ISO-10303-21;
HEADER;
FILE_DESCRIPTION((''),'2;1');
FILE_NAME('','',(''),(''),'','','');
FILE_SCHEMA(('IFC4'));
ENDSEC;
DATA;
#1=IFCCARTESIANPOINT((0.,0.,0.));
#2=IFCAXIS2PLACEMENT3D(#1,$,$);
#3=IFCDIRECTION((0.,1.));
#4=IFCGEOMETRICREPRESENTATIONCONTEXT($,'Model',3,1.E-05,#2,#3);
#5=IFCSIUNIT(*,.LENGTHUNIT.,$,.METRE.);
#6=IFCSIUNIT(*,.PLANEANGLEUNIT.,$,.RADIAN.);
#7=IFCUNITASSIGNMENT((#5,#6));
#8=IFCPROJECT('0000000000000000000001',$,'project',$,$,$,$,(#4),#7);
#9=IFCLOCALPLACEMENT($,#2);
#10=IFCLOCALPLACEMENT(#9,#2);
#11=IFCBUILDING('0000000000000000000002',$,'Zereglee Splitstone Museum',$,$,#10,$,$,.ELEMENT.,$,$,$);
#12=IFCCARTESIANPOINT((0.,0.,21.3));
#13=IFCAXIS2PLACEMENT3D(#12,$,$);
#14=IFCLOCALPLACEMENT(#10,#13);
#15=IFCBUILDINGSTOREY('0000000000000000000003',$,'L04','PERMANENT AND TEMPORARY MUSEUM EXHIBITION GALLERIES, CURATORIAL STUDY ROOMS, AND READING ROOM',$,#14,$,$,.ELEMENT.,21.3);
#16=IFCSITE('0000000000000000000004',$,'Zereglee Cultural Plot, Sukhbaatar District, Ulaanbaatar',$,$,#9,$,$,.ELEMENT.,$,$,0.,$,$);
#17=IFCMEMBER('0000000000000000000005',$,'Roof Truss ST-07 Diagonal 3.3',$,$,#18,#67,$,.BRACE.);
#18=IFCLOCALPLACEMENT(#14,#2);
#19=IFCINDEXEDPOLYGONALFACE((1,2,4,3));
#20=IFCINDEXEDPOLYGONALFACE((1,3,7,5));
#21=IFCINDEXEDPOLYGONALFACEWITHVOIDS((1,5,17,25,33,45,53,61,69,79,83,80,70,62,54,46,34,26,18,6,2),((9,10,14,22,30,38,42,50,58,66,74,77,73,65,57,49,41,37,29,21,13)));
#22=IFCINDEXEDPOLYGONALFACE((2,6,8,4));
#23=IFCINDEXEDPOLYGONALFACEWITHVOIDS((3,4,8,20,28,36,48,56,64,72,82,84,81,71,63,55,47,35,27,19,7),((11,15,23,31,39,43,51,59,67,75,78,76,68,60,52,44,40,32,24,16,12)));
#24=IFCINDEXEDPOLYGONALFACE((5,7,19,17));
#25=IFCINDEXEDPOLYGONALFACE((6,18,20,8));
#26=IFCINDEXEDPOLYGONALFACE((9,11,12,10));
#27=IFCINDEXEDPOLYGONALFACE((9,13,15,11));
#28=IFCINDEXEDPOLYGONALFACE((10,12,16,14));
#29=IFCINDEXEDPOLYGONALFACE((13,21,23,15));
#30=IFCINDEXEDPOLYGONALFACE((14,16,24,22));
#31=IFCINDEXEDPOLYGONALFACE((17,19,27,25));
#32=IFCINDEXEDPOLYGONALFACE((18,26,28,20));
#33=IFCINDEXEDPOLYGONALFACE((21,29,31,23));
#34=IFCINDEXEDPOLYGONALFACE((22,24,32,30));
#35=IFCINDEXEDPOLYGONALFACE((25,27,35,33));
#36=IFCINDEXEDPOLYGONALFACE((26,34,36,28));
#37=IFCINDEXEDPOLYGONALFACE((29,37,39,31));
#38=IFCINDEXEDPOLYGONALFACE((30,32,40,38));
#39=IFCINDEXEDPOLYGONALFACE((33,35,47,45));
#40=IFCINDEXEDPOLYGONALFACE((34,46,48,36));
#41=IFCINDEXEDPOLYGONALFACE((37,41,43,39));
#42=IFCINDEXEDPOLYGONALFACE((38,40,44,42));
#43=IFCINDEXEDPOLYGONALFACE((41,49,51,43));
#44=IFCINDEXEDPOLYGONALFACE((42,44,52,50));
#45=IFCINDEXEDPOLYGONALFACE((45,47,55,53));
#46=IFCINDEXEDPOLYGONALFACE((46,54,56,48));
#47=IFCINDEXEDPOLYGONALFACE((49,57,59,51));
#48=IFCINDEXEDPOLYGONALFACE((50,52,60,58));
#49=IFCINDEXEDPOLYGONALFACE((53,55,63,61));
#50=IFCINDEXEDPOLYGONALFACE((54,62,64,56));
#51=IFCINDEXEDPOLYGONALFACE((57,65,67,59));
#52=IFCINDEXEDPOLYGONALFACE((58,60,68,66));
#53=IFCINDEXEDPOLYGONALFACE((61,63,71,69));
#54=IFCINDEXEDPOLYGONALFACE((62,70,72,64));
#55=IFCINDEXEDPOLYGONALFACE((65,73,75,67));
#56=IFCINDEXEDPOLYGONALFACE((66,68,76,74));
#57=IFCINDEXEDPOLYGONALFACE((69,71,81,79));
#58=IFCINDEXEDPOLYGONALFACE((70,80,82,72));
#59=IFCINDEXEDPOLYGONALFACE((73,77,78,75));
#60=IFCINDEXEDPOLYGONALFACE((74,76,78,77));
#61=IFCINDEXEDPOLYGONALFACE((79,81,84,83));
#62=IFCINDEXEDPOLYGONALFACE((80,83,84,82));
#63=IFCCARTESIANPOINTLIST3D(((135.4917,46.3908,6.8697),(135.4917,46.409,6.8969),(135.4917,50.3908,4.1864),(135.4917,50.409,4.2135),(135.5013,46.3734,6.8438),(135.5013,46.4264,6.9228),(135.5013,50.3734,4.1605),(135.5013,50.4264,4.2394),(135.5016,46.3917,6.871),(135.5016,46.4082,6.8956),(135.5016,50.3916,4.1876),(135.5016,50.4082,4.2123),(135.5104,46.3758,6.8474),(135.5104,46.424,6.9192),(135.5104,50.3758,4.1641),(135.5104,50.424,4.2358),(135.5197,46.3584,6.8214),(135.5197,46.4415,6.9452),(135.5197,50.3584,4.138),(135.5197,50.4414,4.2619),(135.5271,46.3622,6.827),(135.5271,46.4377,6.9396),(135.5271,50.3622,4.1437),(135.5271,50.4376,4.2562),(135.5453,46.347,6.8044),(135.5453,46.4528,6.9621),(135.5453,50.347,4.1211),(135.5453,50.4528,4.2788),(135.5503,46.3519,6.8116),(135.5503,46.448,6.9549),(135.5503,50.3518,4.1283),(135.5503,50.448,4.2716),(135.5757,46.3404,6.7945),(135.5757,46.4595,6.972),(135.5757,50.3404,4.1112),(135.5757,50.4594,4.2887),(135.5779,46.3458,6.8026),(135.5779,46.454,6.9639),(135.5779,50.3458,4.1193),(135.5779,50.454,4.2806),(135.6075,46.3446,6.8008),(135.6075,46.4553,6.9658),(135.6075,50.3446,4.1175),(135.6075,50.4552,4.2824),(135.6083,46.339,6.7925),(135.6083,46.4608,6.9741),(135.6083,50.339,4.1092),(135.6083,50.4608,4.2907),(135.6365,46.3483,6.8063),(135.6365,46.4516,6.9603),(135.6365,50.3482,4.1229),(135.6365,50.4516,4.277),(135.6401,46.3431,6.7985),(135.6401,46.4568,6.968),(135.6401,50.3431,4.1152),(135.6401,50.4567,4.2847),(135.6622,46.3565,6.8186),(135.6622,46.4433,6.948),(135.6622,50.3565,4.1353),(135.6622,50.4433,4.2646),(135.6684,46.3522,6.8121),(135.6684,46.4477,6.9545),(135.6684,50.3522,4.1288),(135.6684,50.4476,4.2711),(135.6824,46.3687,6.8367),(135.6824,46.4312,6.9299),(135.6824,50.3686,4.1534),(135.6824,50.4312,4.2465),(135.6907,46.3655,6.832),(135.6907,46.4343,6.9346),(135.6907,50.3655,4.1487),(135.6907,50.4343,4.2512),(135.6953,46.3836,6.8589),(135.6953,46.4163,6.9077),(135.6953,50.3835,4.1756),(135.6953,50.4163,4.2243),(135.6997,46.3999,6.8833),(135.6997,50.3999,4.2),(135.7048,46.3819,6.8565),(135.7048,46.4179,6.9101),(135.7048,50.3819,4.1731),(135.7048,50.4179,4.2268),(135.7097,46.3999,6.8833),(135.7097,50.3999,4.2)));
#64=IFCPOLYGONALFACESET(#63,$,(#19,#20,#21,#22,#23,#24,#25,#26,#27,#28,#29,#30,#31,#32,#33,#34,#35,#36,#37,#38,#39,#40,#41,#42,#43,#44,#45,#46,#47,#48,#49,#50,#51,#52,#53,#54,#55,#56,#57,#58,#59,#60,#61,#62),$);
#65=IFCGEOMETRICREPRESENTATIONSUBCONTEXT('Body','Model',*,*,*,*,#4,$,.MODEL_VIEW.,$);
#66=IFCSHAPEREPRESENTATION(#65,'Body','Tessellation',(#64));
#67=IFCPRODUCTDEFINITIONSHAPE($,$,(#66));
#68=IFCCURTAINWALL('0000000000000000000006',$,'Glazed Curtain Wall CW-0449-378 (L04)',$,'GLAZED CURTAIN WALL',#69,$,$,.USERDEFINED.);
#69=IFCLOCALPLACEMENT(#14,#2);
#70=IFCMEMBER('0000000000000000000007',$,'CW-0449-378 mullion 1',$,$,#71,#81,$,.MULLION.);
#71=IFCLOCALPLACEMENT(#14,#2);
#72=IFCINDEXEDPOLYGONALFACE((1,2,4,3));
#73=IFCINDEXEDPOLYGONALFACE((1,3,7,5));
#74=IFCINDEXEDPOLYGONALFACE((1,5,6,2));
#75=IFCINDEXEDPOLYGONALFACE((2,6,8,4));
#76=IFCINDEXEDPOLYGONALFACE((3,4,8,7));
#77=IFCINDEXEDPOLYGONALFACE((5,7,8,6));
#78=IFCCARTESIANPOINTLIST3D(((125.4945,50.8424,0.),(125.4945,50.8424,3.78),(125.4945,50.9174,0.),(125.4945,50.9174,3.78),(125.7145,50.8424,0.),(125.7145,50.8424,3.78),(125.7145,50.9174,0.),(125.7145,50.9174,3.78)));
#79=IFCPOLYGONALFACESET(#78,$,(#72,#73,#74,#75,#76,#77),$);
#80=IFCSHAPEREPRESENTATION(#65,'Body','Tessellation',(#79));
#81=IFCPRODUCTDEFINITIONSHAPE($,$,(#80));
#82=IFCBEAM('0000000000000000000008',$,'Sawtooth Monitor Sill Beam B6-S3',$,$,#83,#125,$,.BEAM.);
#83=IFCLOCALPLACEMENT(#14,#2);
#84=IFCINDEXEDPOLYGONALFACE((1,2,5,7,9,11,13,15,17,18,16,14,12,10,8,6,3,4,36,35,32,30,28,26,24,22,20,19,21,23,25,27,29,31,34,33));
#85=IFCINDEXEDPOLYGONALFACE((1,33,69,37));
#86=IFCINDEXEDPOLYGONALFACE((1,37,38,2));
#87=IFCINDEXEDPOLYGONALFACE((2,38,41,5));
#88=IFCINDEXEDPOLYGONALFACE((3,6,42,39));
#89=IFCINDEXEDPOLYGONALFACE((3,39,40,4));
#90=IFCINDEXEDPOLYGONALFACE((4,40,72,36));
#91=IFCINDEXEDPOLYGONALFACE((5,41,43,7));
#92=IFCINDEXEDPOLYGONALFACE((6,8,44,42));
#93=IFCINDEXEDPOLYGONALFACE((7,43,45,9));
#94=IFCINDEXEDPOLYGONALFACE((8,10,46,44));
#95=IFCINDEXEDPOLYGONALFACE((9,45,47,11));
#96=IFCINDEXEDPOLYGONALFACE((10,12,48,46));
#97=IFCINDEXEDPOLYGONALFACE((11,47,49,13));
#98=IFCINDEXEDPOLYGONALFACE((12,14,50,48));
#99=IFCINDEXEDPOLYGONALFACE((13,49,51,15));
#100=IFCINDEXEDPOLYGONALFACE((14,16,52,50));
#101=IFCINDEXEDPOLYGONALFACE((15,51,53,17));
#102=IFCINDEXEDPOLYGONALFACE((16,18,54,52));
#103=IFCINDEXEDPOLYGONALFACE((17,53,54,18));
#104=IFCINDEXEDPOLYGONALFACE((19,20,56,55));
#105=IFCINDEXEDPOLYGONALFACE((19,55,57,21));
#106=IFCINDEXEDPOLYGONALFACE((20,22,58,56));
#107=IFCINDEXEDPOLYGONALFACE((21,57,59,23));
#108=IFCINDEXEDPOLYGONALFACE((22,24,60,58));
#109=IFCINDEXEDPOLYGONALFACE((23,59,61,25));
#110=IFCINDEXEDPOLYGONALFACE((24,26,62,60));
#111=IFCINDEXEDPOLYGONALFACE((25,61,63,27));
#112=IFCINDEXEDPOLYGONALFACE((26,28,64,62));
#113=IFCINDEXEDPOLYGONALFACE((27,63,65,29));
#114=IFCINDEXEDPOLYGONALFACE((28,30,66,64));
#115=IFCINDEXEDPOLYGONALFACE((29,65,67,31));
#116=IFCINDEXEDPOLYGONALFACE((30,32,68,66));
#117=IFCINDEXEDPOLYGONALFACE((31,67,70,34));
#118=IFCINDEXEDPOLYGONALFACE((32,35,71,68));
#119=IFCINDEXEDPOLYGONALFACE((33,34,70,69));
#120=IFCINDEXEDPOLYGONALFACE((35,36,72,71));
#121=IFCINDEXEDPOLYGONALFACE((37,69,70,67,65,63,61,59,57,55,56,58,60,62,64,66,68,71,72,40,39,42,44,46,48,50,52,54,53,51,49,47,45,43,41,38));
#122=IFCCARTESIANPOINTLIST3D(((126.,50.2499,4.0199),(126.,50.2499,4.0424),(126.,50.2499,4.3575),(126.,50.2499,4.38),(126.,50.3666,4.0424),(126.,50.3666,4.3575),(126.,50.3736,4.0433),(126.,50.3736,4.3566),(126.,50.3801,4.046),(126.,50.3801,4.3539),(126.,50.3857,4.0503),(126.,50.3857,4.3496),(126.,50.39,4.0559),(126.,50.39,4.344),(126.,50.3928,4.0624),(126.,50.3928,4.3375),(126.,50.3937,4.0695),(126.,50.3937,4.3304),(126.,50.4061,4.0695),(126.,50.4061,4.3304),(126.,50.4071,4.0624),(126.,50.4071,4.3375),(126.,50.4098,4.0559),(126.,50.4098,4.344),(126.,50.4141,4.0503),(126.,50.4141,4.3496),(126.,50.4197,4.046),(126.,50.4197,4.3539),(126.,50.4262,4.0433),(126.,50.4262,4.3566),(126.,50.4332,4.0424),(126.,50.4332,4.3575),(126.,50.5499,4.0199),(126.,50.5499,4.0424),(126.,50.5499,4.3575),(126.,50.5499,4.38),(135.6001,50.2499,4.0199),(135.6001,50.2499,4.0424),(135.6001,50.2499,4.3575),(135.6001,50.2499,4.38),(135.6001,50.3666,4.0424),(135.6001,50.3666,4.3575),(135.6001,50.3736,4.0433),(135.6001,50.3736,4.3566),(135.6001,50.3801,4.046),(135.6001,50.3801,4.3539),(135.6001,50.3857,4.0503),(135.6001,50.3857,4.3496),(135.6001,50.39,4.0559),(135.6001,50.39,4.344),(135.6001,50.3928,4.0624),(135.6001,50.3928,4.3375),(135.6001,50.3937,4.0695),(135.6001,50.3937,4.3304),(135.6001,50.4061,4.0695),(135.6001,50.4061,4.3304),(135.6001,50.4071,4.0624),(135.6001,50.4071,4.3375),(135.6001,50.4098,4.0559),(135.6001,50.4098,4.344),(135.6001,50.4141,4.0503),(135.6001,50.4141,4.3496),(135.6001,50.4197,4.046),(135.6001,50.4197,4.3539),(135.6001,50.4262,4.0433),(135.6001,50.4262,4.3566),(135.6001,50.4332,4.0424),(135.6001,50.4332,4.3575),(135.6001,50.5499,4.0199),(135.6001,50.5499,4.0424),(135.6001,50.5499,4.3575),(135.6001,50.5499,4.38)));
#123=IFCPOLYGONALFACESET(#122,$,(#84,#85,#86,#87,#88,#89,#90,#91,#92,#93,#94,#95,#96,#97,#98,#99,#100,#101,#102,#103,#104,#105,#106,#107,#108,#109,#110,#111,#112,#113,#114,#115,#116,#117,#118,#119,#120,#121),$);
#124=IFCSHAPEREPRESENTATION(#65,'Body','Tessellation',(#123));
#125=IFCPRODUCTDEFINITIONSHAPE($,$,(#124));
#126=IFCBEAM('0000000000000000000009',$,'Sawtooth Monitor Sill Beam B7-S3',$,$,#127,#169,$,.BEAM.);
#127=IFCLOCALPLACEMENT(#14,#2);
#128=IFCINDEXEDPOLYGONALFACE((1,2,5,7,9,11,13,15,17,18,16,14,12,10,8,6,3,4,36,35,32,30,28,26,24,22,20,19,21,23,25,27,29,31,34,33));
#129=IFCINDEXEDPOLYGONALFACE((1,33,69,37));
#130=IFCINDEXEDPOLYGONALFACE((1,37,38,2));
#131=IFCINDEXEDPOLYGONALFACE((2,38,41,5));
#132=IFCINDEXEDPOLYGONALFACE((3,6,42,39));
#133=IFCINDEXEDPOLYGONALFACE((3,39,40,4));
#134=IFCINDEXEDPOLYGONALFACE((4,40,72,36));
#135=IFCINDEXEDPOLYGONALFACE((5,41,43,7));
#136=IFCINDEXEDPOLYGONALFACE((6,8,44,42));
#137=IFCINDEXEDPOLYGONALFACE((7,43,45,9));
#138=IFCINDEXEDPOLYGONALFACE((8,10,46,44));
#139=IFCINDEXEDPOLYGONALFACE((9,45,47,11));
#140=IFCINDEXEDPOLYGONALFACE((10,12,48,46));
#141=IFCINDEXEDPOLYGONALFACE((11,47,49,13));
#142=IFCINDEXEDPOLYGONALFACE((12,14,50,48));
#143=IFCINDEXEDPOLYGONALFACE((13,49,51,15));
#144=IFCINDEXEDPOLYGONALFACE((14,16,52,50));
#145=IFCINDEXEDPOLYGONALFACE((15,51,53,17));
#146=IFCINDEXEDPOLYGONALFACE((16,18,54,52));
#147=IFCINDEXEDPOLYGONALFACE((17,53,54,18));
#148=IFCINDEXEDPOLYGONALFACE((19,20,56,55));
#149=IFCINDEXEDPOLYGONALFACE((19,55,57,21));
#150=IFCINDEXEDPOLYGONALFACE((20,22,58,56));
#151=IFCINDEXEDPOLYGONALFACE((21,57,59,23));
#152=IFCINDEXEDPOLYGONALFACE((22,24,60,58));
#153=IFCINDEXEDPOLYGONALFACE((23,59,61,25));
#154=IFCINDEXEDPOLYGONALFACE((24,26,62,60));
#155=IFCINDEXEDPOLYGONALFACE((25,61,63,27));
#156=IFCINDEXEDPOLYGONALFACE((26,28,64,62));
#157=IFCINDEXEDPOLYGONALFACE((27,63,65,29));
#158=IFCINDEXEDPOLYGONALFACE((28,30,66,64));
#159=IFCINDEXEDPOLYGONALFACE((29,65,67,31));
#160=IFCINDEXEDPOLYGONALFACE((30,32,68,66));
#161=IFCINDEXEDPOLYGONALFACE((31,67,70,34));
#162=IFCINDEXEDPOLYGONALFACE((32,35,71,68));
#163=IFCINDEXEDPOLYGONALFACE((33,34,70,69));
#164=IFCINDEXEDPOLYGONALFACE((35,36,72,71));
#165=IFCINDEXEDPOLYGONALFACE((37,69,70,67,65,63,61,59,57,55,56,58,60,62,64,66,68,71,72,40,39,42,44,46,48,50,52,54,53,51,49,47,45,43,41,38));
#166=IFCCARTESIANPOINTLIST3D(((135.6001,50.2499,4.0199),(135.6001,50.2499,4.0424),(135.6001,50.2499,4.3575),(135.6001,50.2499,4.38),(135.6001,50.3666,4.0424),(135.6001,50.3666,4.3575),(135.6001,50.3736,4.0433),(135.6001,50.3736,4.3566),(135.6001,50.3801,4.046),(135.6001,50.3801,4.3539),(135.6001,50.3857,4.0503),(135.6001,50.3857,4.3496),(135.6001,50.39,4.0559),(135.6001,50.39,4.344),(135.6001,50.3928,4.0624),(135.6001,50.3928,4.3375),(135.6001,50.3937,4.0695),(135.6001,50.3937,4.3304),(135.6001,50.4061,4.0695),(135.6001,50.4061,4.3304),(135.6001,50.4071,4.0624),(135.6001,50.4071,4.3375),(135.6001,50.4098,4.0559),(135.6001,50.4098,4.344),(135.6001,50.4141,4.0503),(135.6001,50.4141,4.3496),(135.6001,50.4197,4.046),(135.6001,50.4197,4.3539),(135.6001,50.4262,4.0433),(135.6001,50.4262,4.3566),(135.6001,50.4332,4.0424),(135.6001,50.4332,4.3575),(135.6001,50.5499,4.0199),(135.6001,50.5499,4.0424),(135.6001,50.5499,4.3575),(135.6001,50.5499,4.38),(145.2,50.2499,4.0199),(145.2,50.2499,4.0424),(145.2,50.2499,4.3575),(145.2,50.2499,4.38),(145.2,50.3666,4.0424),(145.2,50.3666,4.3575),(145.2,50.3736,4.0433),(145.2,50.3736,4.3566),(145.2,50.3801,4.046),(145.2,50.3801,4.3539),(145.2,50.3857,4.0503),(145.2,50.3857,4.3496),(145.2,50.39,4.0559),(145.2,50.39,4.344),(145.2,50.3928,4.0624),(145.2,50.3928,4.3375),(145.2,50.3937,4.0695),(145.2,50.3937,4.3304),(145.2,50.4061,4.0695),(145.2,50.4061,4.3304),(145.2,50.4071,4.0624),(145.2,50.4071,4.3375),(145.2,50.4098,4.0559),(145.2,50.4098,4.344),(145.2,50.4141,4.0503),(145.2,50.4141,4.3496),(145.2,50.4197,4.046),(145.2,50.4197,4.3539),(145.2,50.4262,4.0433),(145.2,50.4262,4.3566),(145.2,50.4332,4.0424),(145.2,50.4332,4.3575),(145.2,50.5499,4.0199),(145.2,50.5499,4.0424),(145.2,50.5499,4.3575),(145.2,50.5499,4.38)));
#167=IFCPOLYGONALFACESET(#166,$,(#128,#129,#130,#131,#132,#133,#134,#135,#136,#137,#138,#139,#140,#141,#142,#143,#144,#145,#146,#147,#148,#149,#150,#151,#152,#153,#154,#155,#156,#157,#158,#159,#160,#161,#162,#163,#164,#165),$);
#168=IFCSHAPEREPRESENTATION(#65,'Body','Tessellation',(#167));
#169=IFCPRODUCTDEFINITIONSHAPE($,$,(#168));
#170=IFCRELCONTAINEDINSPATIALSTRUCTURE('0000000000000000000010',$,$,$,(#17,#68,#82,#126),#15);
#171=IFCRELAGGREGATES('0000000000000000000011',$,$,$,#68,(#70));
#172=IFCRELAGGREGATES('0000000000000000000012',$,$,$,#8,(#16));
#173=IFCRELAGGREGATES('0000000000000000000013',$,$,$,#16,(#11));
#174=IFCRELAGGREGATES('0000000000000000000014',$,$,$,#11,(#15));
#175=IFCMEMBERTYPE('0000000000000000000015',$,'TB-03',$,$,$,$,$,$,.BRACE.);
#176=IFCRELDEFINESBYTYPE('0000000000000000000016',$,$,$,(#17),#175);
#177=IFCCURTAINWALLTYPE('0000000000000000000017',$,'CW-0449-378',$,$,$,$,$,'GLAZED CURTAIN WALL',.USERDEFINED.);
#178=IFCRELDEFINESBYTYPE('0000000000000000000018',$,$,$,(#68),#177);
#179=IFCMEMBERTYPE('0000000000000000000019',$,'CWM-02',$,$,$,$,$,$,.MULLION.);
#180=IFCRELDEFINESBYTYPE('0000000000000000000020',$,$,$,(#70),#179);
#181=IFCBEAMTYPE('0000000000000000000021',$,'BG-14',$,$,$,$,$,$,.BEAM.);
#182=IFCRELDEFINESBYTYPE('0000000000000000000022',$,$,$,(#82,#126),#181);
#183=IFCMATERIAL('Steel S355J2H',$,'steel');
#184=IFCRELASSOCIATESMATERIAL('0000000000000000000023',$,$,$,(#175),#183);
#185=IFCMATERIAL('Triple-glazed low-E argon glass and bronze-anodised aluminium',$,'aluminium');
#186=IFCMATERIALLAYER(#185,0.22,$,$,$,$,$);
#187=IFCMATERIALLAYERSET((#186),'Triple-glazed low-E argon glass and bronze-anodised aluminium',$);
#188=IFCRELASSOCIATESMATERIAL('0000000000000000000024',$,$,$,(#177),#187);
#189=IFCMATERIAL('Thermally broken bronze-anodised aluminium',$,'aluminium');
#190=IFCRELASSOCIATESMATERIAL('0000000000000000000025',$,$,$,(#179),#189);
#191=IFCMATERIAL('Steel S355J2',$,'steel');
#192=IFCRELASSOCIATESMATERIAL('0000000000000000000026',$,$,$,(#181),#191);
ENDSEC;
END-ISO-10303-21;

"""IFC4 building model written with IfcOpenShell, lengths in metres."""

from ifc_helpers import new_model, si_unit, direction, frame, origin, origin_2d, place, context, subcontext, project, spatial, rectangle, hollow_circle, i_section, extrude, material, layer, layer_set, material_profile, profile_set, type_object, element, aggregate, save


model = new_model("IFC4")

# Units and contexts
model_context = context("Model", 3, precision=1e-05, world=origin(), true_north=direction((0.0, 1.0)))
body_context = subcontext(model_context, "Body", "Model", "MODEL_VIEW")
ifc_project = project(units=[si_unit("LENGTHUNIT", "METRE"), si_unit("PLANEANGLEUNIT", "RADIAN")], contexts=[model_context])

# Site, building, storey
site_placement = place(None, origin())
site = spatial("IfcSite", under=ifc_project, at=site_placement, Name="Zereglee Cultural Plot, Sukhbaatar District, Ulaanbaatar", CompositionType="ELEMENT", RefElevation=0.0)
building_placement = place(site_placement, origin())
building = spatial("IfcBuilding", under=site, at=building_placement, Name="Zereglee Splitstone Museum", CompositionType="ELEMENT")
storey_placement = place(building_placement, frame((0.0, 0.0, 21.3)))
storey = spatial("IfcBuildingStorey", under=building, at=storey_placement, Name="L04", Description="PERMANENT AND TEMPORARY MUSEUM EXHIBITION GALLERIES, CURATORIAL STUDY ROOMS, AND READING ROOM", CompositionType="ELEMENT", Elevation=21.3)

# Shared definitions
ifc_material_1 = material(Name="Steel S355J2", Category="steel")

# Member
ifc_material_2 = material(Name="Steel S355J2H", Category="steel")
ifc_material_profile_1 = material_profile(ifc_material_2, hollow_circle(Radius=0.1096, WallThickness=0.01, at=origin_2d()), Name="CHS 219.1x10")
ifc_profile_set_1 = profile_set([ifc_material_profile_1], Name="Steel S355J2H")
member_type_1 = type_object("IfcMemberType", Name="TB-03", PredefinedType="BRACE", material=ifc_profile_set_1)
for number, where, z_axis, x_axis, name in (
    (1, (135.6001, 50.3999, 4.2), (0.0, -0.830448, 0.557096), (1.0, 0.0, 0.0), "Roof Truss ST-07 Diagonal 3.3"),
):
    element("IfcMember", number, at=place(storey_placement, frame(where, z_axis=z_axis, x_axis=x_axis)), inside=storey, type_object=member_type_1, Name=name, PredefinedType="BRACE", context=body_context, shape_type="SweptSolid", body=[
        extrude(hollow_circle(Radius=0.1096, WallThickness=0.01, at=origin_2d()), origin(), (0.0, 0.0, 1.0), 4.8167),
    ])

# Curtain wall, member
ifc_material_3 = material(Name="Triple-glazed low-E argon glass and bronze-anodised aluminium", Category="aluminium")
ifc_layer_1 = layer(ifc_material_3, 0.22)
ifc_layer_set_1 = layer_set([ifc_layer_1], Name="Triple-glazed low-E argon glass and bronze-anodised aluminium")
curtain_wall_type = type_object("IfcCurtainWallType", Name="CW-0449-378", ElementType="GLAZED CURTAIN WALL", PredefinedType="USERDEFINED", material=ifc_layer_set_1)
curtain_wall_placement = place(storey_placement, origin())
curtain_wall = element("IfcCurtainWall", 2, at=curtain_wall_placement, inside=storey, type_object=curtain_wall_type, Name="Glazed Curtain Wall CW-0449-378 (L04)", ObjectType="GLAZED CURTAIN WALL", PredefinedType="USERDEFINED")
ifc_material_4 = material(Name="Thermally broken bronze-anodised aluminium", Category="aluminium")
ifc_material_profile_2 = material_profile(ifc_material_4, rectangle(XDim=0.075, YDim=0.22, at=origin_2d()), Name="CW MULL 75x220")
ifc_profile_set_2 = profile_set([ifc_material_profile_2], Name="Thermally broken bronze-anodised aluminium")
member_type_2 = type_object("IfcMemberType", Name="CWM-02", PredefinedType="MULLION", material=ifc_profile_set_2)
member_1_placement = place(storey_placement, frame((125.6045, 50.8799, 0.0), z_axis=(0.0, 0.0, 1.0), x_axis=(0.0, -1.0, 0.0)))
member_1 = element("IfcMember", 3, at=member_1_placement, type_object=member_type_2, Name="CW-0449-378 mullion 1", PredefinedType="MULLION", context=body_context, shape_type="SweptSolid", body=[
    extrude(rectangle(XDim=0.075, YDim=0.22, at=origin_2d()), origin(), (0.0, 0.0, 1.0), 3.78),
])
aggregate(curtain_wall, [member_1])

# Beams
ifc_material_profile_3 = material_profile(ifc_material_1, i_section(OverallWidth=0.3, OverallDepth=0.3601, WebThickness=0.0125, FlangeThickness=0.0225, FilletRadius=0.0271, at=origin_2d()), Name="HE 360 B")
ifc_profile_set_3 = profile_set([ifc_material_profile_3], Name="Steel S355J2")
beam_type_1 = type_object("IfcBeamType", Name="BG-14", PredefinedType="BEAM", material=ifc_profile_set_3)
beam_1_placement = place(storey_placement, frame((126.0, 50.3999, 4.2), z_axis=(1.0, 0.0, 0.0), x_axis=(0.0, 1.0, 0.0)))
element("IfcBeam", 4, at=beam_1_placement, inside=storey, type_object=beam_type_1, Name="Sawtooth Monitor Sill Beam B6-S3", PredefinedType="BEAM", context=body_context, shape_type="SweptSolid", body=[
    extrude(i_section(OverallWidth=0.3, OverallDepth=0.3601, WebThickness=0.0125, FlangeThickness=0.0225, FilletRadius=0.0271, at=origin_2d()), origin(), (0.0, 0.0, 1.0), 9.6001),
])
beam_2_placement = place(storey_placement, frame((135.6001, 50.3999, 4.2), z_axis=(1.0, 0.0, 0.0), x_axis=(0.0, 1.0, 0.0)))
element("IfcBeam", 5, at=beam_2_placement, inside=storey, type_object=beam_type_1, Name="Sawtooth Monitor Sill Beam B7-S3", PredefinedType="BEAM", context=body_context, shape_type="SweptSolid", body=[
    extrude(i_section(OverallWidth=0.3, OverallDepth=0.3601, WebThickness=0.0125, FlangeThickness=0.0225, FilletRadius=0.0271, at=origin_2d()), origin(), (0.0, 0.0, 1.0), 9.5999),
])

save(model, "model.ifc")
